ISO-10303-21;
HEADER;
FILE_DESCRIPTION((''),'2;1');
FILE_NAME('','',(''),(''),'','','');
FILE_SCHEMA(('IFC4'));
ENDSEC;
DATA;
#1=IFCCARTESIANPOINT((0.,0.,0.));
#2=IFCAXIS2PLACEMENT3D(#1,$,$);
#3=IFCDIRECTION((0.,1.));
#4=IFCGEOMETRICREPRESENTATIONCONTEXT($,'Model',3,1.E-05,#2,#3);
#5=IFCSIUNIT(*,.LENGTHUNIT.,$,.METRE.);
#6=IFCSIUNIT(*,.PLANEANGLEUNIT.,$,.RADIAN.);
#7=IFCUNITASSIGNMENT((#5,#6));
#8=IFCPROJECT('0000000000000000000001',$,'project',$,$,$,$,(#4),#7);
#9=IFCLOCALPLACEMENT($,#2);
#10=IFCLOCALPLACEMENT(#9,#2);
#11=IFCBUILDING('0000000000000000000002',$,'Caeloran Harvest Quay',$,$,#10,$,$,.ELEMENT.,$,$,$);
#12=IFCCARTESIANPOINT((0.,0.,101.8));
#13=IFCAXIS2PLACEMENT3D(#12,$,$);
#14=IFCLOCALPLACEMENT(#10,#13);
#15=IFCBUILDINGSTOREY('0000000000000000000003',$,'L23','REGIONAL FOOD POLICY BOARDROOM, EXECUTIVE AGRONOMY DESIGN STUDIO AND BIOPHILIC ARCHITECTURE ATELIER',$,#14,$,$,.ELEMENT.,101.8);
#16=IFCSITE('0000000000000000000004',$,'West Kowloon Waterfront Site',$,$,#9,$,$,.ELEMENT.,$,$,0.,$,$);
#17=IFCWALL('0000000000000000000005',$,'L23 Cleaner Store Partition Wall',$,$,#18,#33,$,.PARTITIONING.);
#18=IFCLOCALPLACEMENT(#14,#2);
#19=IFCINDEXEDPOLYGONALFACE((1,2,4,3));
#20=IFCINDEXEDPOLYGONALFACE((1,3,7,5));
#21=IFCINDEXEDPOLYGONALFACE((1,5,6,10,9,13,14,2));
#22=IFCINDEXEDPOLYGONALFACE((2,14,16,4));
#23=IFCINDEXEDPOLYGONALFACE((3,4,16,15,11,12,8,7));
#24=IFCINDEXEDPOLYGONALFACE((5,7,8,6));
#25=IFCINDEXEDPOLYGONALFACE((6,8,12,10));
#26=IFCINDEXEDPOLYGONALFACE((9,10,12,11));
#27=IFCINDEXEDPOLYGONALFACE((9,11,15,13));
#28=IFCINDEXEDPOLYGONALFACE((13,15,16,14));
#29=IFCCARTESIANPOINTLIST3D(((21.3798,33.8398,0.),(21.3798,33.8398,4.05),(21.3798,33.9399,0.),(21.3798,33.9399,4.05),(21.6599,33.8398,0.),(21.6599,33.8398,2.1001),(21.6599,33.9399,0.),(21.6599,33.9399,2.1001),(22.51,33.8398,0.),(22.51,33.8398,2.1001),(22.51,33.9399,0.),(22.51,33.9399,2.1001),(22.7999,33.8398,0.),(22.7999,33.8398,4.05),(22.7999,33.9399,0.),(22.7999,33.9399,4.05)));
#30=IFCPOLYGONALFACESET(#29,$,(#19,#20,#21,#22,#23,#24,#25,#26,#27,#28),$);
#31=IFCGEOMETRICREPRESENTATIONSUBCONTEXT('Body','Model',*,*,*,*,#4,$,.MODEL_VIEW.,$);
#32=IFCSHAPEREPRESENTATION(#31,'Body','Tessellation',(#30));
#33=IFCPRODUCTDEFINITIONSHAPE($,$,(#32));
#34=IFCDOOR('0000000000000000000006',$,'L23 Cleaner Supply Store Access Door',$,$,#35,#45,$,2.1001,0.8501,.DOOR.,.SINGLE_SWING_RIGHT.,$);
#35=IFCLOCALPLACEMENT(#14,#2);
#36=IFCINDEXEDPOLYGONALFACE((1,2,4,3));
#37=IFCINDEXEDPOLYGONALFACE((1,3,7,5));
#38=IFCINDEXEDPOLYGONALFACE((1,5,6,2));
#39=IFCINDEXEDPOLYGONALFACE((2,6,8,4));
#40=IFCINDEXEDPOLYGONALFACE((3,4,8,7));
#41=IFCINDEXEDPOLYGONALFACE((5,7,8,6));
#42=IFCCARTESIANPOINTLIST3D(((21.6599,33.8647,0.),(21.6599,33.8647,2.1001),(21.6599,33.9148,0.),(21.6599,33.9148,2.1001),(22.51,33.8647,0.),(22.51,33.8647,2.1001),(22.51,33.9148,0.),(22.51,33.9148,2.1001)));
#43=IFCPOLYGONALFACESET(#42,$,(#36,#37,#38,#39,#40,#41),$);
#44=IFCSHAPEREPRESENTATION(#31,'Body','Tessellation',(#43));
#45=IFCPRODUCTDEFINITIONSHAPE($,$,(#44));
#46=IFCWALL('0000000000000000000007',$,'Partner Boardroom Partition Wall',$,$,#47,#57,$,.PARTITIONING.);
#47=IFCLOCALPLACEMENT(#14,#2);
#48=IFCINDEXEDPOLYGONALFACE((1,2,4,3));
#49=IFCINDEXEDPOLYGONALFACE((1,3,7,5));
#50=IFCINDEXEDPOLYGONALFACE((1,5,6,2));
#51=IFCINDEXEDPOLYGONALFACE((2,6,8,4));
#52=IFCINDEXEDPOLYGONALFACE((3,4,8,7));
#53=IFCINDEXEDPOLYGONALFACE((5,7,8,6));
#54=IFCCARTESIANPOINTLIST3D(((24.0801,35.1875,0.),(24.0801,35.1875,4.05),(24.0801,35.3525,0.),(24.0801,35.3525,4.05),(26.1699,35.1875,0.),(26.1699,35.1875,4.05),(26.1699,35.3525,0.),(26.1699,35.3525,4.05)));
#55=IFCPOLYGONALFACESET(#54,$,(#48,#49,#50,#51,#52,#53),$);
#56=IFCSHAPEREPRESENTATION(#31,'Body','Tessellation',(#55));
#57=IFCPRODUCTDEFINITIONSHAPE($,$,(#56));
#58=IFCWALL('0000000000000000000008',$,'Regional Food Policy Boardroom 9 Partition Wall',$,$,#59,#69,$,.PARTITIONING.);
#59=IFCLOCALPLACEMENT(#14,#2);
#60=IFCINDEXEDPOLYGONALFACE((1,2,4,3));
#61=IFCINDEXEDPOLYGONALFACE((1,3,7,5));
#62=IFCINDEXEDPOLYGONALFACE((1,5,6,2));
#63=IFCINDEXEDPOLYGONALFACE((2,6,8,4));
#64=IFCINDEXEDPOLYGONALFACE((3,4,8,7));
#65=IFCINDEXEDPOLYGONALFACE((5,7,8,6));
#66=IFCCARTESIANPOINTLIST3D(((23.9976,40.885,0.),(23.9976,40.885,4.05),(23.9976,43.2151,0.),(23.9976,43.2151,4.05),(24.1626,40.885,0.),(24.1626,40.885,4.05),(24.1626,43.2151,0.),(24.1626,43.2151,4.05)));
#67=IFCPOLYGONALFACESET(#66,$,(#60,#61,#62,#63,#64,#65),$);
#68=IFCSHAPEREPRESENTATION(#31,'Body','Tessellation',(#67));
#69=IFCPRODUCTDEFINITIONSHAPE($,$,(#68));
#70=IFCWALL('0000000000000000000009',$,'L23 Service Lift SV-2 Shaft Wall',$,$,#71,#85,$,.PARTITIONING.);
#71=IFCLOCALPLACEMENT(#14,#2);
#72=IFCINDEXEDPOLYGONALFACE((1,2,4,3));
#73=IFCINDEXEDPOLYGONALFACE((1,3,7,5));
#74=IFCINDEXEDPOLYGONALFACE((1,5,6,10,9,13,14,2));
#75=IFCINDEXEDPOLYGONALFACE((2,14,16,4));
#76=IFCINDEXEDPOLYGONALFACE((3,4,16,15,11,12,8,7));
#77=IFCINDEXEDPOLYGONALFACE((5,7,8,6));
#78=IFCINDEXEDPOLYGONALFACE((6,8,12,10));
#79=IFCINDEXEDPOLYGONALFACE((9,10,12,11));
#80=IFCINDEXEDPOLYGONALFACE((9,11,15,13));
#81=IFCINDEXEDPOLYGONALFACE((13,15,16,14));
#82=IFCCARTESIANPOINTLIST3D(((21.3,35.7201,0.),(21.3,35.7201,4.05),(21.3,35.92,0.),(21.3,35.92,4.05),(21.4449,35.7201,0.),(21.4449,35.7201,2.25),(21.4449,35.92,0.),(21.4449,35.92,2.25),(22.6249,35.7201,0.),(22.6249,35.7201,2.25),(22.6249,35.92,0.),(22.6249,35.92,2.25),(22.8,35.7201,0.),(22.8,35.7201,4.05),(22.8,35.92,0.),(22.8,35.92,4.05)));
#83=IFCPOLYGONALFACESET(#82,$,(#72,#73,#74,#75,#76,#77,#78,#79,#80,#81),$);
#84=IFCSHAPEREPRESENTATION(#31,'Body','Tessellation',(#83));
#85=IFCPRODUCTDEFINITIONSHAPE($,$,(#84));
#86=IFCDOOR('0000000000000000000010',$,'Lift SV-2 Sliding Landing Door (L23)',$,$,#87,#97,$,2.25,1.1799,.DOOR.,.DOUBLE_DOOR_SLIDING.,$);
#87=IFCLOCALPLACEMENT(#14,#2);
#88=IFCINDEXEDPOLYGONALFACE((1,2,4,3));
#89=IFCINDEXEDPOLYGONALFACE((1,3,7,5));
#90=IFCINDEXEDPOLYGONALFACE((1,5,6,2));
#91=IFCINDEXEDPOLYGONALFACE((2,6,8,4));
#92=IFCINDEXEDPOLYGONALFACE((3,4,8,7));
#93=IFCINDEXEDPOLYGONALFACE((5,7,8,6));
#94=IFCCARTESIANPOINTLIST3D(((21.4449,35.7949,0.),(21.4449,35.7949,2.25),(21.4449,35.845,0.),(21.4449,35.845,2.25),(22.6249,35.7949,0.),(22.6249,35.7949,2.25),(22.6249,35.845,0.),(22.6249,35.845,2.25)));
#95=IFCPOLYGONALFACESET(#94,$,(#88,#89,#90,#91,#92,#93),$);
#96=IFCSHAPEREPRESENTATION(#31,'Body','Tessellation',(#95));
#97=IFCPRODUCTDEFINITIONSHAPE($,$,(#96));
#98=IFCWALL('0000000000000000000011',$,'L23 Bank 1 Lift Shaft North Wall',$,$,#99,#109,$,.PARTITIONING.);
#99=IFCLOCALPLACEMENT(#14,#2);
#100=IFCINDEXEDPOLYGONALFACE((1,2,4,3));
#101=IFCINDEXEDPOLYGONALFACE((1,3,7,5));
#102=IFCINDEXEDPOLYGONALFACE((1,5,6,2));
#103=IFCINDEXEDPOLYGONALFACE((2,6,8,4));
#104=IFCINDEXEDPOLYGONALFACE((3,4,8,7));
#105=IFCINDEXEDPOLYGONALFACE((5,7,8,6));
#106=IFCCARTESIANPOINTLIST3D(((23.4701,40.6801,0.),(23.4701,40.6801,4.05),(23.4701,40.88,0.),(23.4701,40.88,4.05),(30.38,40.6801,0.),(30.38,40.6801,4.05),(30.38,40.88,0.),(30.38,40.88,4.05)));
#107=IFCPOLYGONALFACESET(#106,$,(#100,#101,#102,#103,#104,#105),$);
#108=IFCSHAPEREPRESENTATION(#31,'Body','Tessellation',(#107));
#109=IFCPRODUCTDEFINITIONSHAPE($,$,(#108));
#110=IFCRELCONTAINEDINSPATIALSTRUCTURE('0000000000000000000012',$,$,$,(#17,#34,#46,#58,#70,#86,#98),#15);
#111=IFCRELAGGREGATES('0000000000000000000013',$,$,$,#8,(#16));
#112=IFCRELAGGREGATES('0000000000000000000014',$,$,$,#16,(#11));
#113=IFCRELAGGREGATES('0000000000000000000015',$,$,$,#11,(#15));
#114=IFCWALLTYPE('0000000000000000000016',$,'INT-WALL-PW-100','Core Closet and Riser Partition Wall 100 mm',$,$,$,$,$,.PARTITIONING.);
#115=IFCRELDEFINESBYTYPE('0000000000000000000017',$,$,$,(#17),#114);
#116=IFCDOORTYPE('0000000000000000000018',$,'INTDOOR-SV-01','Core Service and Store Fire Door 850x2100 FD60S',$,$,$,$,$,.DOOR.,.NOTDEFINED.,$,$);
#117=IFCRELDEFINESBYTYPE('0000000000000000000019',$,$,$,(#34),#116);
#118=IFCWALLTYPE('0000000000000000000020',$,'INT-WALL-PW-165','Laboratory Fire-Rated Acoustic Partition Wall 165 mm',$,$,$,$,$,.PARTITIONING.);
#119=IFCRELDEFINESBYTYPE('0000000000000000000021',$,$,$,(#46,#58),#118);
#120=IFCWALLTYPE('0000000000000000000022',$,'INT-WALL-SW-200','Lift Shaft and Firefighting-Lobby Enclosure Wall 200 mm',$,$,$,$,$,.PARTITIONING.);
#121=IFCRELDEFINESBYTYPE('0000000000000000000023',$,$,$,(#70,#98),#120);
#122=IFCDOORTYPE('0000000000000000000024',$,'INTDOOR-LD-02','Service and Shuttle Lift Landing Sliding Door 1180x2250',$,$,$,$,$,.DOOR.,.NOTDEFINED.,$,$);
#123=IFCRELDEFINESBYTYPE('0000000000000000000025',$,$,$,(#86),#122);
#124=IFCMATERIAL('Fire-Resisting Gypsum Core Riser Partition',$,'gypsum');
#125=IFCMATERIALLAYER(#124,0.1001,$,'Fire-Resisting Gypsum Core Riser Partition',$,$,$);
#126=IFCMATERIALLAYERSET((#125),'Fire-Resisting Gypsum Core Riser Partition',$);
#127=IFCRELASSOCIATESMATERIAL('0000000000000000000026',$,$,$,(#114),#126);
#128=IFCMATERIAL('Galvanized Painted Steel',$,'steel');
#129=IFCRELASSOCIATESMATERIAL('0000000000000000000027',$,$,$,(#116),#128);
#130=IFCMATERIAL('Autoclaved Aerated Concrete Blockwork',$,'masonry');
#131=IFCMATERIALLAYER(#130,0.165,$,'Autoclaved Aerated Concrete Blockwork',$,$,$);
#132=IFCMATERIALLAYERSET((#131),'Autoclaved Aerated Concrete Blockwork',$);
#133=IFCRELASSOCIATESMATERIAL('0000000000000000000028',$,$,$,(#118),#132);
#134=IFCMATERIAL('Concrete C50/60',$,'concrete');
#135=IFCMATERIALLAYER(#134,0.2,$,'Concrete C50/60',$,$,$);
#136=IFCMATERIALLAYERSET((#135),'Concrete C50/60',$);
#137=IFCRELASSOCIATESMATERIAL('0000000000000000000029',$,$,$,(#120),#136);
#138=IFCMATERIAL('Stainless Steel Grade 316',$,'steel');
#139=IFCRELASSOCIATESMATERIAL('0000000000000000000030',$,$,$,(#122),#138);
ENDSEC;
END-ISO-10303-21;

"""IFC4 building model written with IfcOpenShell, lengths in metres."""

from ifc_helpers import new_model, si_unit, direction, frame, frame_2d, origin, place, context, subcontext, project, spatial, rectangle, extrude, material, layer, layer_set, type_object, element, fill, save


model = new_model("IFC4")

# Units and contexts
model_context = context("Model", 3, precision=1e-05, world=origin(), true_north=direction((0.0, 1.0)))
body_context = subcontext(model_context, "Body", "Model", "MODEL_VIEW")
ifc_project = project(units=[si_unit("LENGTHUNIT", "METRE"), si_unit("PLANEANGLEUNIT", "RADIAN")], contexts=[model_context])

# Site, building, storey
site_placement = place(None, origin())
site = spatial("IfcSite", under=ifc_project, at=site_placement, Name="West Kowloon Waterfront Site", CompositionType="ELEMENT", RefElevation=0.0)
building_placement = place(site_placement, origin())
building = spatial("IfcBuilding", under=site, at=building_placement, Name="Caeloran Harvest Quay", CompositionType="ELEMENT")
storey_placement = place(building_placement, frame((0.0, 0.0, 101.8)))
storey = spatial("IfcBuildingStorey", under=building, at=storey_placement, Name="L23", Description="REGIONAL FOOD POLICY BOARDROOM, EXECUTIVE AGRONOMY DESIGN STUDIO AND BIOPHILIC ARCHITECTURE ATELIER", CompositionType="ELEMENT", Elevation=101.8)

# Wall, opening, door
ifc_material_1 = material(Name="Fire-Resisting Gypsum Core Riser Partition", Category="gypsum")
ifc_layer_1 = layer(ifc_material_1, 0.1001, Name="Fire-Resisting Gypsum Core Riser Partition")
ifc_layer_set_1 = layer_set([ifc_layer_1], Name="Fire-Resisting Gypsum Core Riser Partition")
wall_type_1 = type_object("IfcWallType", Name="INT-WALL-PW-100", Description="Core Closet and Riser Partition Wall 100 mm", PredefinedType="PARTITIONING", material=ifc_layer_set_1)
wall_1_placement = place(storey_placement, frame((21.3799, 33.8899, 0.0), z_axis=(0.0, 0.0, 1.0), x_axis=(1.0, 0.0, 0.0)))
wall_1 = element("IfcWall", 1, at=wall_1_placement, inside=storey, type_object=wall_type_1, Name="L23 Cleaner Store Partition Wall", PredefinedType="PARTITIONING", context=body_context, shape_type="SweptSolid", body=[
    extrude(rectangle(XDim=1.4202, YDim=0.1001, at=frame_2d((0.71, 0.0))), origin(), (0.0, 0.0, 1.0), 4.05),
])
opening_1_placement = place(wall_1_placement, frame((0.28, 0.0, 0.0)))
opening_1 = element("IfcOpeningElement", 2, at=opening_1_placement, cuts=wall_1, PredefinedType="OPENING", context=body_context, shape_type="SweptSolid", body=[
    extrude(rectangle(XDim=0.8501, YDim=2.1001, at=frame_2d((0.425, 1.05))), frame((0.0, 0.0601, 0.0), z_axis=(0.0, -1.0, 0.0), x_axis=(1.0, 0.0, 0.0)), (0.0, 0.0, 1.0), 0.1201),
])
ifc_material_2 = material(Name="Galvanized Painted Steel", Category="steel")
door_type_1 = type_object("IfcDoorType", Name="INTDOOR-SV-01", Description="Core Service and Store Fire Door 850x2100 FD60S", OperationType="NOTDEFINED", PredefinedType="DOOR", material=ifc_material_2)
door_1_placement = place(opening_1_placement, origin())
door_1 = element("IfcDoor", 3, at=door_1_placement, inside=storey, type_object=door_type_1, Name="L23 Cleaner Supply Store Access Door", OperationType="SINGLE_SWING_RIGHT", OverallHeight=2.1001, OverallWidth=0.8501, PredefinedType="DOOR", context=body_context, shape_type="SweptSolid", body=[
    extrude(rectangle(XDim=0.8501, YDim=2.1001, at=frame_2d((0.425, 1.05))), frame((0.0, 0.0249, 0.0), z_axis=(0.0, -1.0, 0.0), x_axis=(1.0, 0.0, 0.0)), (0.0, 0.0, 1.0), 0.05),
])
fill(opening_1, door_1)

# Walls
ifc_material_3 = material(Name="Autoclaved Aerated Concrete Blockwork", Category="masonry")
ifc_layer_2 = layer(ifc_material_3, 0.165, Name="Autoclaved Aerated Concrete Blockwork")
ifc_layer_set_2 = layer_set([ifc_layer_2], Name="Autoclaved Aerated Concrete Blockwork")
wall_type_2 = type_object("IfcWallType", Name="INT-WALL-PW-165", Description="Laboratory Fire-Rated Acoustic Partition Wall 165 mm", PredefinedType="PARTITIONING", material=ifc_layer_set_2)
wall_2_placement = place(storey_placement, frame((24.0801, 35.27, 0.0), z_axis=(0.0, 0.0, 1.0), x_axis=(1.0, 0.0, 0.0)))
element("IfcWall", 4, at=wall_2_placement, inside=storey, type_object=wall_type_2, Name="Partner Boardroom Partition Wall", PredefinedType="PARTITIONING", context=body_context, shape_type="SweptSolid", body=[
    extrude(rectangle(XDim=2.0898, YDim=0.165, at=frame_2d((1.0449, 0.0))), origin(), (0.0, 0.0, 1.0), 4.05),
])
wall_3_placement = place(storey_placement, frame((24.0801, 40.885, 0.0), z_axis=(0.0, 0.0, 1.0), x_axis=(0.0, 1.0, 0.0)))
element("IfcWall", 5, at=wall_3_placement, inside=storey, type_object=wall_type_2, Name="Regional Food Policy Boardroom 9 Partition Wall", PredefinedType="PARTITIONING", context=body_context, shape_type="SweptSolid", body=[
    extrude(rectangle(XDim=2.3301, YDim=0.165, at=frame_2d((1.165, 0.0))), origin(), (0.0, 0.0, 1.0), 4.05),
])

# Wall, opening, door
ifc_material_4 = material(Name="Concrete C50/60", Category="concrete")
ifc_layer_3 = layer(ifc_material_4, 0.2, Name="Concrete C50/60")
ifc_layer_set_3 = layer_set([ifc_layer_3], Name="Concrete C50/60")
wall_type_3 = type_object("IfcWallType", Name="INT-WALL-SW-200", Description="Lift Shaft and Firefighting-Lobby Enclosure Wall 200 mm", PredefinedType="PARTITIONING", material=ifc_layer_set_3)
wall_4_placement = place(storey_placement, frame((21.3, 35.8201, 0.0), z_axis=(0.0, 0.0, 1.0), x_axis=(1.0, 0.0, 0.0)))
wall_4 = element("IfcWall", 6, at=wall_4_placement, inside=storey, type_object=wall_type_3, Name="L23 Service Lift SV-2 Shaft Wall", PredefinedType="PARTITIONING", context=body_context, shape_type="SweptSolid", body=[
    extrude(rectangle(XDim=1.5, YDim=0.2, at=frame_2d((0.75, 0.0))), origin(), (0.0, 0.0, 1.0), 4.05),
])
opening_2_placement = place(wall_4_placement, frame((0.145, 0.0, 0.0)))
opening_2 = element("IfcOpeningElement", 7, at=opening_2_placement, cuts=wall_4, PredefinedType="OPENING", context=body_context, shape_type="SweptSolid", body=[
    extrude(rectangle(XDim=1.1799, YDim=2.25, at=frame_2d((0.5898, 1.125))), frame((0.0, 0.1099, 0.0), z_axis=(0.0, -1.0, 0.0), x_axis=(1.0, 0.0, 0.0)), (0.0, 0.0, 1.0), 0.22),
])
ifc_material_5 = material(Name="Stainless Steel Grade 316", Category="steel")
door_type_2 = type_object("IfcDoorType", Name="INTDOOR-LD-02", Description="Service and Shuttle Lift Landing Sliding Door 1180x2250", OperationType="NOTDEFINED", PredefinedType="DOOR", material=ifc_material_5)
door_2_placement = place(opening_2_placement, origin())
door_2 = element("IfcDoor", 8, at=door_2_placement, inside=storey, type_object=door_type_2, Name="Lift SV-2 Sliding Landing Door (L23)", OperationType="DOUBLE_DOOR_SLIDING", OverallHeight=2.25, OverallWidth=1.1799, PredefinedType="DOOR", context=body_context, shape_type="SweptSolid", body=[
    extrude(rectangle(XDim=1.1799, YDim=2.25, at=frame_2d((0.5898, 1.125))), frame((0.0, 0.0249, 0.0), z_axis=(0.0, -1.0, 0.0), x_axis=(1.0, 0.0, 0.0)), (0.0, 0.0, 1.0), 0.05),
])
fill(opening_2, door_2)

# Wall
wall_5_placement = place(storey_placement, frame((23.47, 40.78, 0.0), z_axis=(0.0, 0.0, 1.0), x_axis=(1.0, 0.0, 0.0)))
element("IfcWall", 9, at=wall_5_placement, inside=storey, type_object=wall_type_3, Name="L23 Bank 1 Lift Shaft North Wall", PredefinedType="PARTITIONING", context=body_context, shape_type="SweptSolid", body=[
    extrude(rectangle(XDim=6.9099, YDim=0.2, at=frame_2d((3.4551, 0.0))), origin(), (0.0, 0.0, 1.0), 4.05),
])

save(model, "model.ifc")
